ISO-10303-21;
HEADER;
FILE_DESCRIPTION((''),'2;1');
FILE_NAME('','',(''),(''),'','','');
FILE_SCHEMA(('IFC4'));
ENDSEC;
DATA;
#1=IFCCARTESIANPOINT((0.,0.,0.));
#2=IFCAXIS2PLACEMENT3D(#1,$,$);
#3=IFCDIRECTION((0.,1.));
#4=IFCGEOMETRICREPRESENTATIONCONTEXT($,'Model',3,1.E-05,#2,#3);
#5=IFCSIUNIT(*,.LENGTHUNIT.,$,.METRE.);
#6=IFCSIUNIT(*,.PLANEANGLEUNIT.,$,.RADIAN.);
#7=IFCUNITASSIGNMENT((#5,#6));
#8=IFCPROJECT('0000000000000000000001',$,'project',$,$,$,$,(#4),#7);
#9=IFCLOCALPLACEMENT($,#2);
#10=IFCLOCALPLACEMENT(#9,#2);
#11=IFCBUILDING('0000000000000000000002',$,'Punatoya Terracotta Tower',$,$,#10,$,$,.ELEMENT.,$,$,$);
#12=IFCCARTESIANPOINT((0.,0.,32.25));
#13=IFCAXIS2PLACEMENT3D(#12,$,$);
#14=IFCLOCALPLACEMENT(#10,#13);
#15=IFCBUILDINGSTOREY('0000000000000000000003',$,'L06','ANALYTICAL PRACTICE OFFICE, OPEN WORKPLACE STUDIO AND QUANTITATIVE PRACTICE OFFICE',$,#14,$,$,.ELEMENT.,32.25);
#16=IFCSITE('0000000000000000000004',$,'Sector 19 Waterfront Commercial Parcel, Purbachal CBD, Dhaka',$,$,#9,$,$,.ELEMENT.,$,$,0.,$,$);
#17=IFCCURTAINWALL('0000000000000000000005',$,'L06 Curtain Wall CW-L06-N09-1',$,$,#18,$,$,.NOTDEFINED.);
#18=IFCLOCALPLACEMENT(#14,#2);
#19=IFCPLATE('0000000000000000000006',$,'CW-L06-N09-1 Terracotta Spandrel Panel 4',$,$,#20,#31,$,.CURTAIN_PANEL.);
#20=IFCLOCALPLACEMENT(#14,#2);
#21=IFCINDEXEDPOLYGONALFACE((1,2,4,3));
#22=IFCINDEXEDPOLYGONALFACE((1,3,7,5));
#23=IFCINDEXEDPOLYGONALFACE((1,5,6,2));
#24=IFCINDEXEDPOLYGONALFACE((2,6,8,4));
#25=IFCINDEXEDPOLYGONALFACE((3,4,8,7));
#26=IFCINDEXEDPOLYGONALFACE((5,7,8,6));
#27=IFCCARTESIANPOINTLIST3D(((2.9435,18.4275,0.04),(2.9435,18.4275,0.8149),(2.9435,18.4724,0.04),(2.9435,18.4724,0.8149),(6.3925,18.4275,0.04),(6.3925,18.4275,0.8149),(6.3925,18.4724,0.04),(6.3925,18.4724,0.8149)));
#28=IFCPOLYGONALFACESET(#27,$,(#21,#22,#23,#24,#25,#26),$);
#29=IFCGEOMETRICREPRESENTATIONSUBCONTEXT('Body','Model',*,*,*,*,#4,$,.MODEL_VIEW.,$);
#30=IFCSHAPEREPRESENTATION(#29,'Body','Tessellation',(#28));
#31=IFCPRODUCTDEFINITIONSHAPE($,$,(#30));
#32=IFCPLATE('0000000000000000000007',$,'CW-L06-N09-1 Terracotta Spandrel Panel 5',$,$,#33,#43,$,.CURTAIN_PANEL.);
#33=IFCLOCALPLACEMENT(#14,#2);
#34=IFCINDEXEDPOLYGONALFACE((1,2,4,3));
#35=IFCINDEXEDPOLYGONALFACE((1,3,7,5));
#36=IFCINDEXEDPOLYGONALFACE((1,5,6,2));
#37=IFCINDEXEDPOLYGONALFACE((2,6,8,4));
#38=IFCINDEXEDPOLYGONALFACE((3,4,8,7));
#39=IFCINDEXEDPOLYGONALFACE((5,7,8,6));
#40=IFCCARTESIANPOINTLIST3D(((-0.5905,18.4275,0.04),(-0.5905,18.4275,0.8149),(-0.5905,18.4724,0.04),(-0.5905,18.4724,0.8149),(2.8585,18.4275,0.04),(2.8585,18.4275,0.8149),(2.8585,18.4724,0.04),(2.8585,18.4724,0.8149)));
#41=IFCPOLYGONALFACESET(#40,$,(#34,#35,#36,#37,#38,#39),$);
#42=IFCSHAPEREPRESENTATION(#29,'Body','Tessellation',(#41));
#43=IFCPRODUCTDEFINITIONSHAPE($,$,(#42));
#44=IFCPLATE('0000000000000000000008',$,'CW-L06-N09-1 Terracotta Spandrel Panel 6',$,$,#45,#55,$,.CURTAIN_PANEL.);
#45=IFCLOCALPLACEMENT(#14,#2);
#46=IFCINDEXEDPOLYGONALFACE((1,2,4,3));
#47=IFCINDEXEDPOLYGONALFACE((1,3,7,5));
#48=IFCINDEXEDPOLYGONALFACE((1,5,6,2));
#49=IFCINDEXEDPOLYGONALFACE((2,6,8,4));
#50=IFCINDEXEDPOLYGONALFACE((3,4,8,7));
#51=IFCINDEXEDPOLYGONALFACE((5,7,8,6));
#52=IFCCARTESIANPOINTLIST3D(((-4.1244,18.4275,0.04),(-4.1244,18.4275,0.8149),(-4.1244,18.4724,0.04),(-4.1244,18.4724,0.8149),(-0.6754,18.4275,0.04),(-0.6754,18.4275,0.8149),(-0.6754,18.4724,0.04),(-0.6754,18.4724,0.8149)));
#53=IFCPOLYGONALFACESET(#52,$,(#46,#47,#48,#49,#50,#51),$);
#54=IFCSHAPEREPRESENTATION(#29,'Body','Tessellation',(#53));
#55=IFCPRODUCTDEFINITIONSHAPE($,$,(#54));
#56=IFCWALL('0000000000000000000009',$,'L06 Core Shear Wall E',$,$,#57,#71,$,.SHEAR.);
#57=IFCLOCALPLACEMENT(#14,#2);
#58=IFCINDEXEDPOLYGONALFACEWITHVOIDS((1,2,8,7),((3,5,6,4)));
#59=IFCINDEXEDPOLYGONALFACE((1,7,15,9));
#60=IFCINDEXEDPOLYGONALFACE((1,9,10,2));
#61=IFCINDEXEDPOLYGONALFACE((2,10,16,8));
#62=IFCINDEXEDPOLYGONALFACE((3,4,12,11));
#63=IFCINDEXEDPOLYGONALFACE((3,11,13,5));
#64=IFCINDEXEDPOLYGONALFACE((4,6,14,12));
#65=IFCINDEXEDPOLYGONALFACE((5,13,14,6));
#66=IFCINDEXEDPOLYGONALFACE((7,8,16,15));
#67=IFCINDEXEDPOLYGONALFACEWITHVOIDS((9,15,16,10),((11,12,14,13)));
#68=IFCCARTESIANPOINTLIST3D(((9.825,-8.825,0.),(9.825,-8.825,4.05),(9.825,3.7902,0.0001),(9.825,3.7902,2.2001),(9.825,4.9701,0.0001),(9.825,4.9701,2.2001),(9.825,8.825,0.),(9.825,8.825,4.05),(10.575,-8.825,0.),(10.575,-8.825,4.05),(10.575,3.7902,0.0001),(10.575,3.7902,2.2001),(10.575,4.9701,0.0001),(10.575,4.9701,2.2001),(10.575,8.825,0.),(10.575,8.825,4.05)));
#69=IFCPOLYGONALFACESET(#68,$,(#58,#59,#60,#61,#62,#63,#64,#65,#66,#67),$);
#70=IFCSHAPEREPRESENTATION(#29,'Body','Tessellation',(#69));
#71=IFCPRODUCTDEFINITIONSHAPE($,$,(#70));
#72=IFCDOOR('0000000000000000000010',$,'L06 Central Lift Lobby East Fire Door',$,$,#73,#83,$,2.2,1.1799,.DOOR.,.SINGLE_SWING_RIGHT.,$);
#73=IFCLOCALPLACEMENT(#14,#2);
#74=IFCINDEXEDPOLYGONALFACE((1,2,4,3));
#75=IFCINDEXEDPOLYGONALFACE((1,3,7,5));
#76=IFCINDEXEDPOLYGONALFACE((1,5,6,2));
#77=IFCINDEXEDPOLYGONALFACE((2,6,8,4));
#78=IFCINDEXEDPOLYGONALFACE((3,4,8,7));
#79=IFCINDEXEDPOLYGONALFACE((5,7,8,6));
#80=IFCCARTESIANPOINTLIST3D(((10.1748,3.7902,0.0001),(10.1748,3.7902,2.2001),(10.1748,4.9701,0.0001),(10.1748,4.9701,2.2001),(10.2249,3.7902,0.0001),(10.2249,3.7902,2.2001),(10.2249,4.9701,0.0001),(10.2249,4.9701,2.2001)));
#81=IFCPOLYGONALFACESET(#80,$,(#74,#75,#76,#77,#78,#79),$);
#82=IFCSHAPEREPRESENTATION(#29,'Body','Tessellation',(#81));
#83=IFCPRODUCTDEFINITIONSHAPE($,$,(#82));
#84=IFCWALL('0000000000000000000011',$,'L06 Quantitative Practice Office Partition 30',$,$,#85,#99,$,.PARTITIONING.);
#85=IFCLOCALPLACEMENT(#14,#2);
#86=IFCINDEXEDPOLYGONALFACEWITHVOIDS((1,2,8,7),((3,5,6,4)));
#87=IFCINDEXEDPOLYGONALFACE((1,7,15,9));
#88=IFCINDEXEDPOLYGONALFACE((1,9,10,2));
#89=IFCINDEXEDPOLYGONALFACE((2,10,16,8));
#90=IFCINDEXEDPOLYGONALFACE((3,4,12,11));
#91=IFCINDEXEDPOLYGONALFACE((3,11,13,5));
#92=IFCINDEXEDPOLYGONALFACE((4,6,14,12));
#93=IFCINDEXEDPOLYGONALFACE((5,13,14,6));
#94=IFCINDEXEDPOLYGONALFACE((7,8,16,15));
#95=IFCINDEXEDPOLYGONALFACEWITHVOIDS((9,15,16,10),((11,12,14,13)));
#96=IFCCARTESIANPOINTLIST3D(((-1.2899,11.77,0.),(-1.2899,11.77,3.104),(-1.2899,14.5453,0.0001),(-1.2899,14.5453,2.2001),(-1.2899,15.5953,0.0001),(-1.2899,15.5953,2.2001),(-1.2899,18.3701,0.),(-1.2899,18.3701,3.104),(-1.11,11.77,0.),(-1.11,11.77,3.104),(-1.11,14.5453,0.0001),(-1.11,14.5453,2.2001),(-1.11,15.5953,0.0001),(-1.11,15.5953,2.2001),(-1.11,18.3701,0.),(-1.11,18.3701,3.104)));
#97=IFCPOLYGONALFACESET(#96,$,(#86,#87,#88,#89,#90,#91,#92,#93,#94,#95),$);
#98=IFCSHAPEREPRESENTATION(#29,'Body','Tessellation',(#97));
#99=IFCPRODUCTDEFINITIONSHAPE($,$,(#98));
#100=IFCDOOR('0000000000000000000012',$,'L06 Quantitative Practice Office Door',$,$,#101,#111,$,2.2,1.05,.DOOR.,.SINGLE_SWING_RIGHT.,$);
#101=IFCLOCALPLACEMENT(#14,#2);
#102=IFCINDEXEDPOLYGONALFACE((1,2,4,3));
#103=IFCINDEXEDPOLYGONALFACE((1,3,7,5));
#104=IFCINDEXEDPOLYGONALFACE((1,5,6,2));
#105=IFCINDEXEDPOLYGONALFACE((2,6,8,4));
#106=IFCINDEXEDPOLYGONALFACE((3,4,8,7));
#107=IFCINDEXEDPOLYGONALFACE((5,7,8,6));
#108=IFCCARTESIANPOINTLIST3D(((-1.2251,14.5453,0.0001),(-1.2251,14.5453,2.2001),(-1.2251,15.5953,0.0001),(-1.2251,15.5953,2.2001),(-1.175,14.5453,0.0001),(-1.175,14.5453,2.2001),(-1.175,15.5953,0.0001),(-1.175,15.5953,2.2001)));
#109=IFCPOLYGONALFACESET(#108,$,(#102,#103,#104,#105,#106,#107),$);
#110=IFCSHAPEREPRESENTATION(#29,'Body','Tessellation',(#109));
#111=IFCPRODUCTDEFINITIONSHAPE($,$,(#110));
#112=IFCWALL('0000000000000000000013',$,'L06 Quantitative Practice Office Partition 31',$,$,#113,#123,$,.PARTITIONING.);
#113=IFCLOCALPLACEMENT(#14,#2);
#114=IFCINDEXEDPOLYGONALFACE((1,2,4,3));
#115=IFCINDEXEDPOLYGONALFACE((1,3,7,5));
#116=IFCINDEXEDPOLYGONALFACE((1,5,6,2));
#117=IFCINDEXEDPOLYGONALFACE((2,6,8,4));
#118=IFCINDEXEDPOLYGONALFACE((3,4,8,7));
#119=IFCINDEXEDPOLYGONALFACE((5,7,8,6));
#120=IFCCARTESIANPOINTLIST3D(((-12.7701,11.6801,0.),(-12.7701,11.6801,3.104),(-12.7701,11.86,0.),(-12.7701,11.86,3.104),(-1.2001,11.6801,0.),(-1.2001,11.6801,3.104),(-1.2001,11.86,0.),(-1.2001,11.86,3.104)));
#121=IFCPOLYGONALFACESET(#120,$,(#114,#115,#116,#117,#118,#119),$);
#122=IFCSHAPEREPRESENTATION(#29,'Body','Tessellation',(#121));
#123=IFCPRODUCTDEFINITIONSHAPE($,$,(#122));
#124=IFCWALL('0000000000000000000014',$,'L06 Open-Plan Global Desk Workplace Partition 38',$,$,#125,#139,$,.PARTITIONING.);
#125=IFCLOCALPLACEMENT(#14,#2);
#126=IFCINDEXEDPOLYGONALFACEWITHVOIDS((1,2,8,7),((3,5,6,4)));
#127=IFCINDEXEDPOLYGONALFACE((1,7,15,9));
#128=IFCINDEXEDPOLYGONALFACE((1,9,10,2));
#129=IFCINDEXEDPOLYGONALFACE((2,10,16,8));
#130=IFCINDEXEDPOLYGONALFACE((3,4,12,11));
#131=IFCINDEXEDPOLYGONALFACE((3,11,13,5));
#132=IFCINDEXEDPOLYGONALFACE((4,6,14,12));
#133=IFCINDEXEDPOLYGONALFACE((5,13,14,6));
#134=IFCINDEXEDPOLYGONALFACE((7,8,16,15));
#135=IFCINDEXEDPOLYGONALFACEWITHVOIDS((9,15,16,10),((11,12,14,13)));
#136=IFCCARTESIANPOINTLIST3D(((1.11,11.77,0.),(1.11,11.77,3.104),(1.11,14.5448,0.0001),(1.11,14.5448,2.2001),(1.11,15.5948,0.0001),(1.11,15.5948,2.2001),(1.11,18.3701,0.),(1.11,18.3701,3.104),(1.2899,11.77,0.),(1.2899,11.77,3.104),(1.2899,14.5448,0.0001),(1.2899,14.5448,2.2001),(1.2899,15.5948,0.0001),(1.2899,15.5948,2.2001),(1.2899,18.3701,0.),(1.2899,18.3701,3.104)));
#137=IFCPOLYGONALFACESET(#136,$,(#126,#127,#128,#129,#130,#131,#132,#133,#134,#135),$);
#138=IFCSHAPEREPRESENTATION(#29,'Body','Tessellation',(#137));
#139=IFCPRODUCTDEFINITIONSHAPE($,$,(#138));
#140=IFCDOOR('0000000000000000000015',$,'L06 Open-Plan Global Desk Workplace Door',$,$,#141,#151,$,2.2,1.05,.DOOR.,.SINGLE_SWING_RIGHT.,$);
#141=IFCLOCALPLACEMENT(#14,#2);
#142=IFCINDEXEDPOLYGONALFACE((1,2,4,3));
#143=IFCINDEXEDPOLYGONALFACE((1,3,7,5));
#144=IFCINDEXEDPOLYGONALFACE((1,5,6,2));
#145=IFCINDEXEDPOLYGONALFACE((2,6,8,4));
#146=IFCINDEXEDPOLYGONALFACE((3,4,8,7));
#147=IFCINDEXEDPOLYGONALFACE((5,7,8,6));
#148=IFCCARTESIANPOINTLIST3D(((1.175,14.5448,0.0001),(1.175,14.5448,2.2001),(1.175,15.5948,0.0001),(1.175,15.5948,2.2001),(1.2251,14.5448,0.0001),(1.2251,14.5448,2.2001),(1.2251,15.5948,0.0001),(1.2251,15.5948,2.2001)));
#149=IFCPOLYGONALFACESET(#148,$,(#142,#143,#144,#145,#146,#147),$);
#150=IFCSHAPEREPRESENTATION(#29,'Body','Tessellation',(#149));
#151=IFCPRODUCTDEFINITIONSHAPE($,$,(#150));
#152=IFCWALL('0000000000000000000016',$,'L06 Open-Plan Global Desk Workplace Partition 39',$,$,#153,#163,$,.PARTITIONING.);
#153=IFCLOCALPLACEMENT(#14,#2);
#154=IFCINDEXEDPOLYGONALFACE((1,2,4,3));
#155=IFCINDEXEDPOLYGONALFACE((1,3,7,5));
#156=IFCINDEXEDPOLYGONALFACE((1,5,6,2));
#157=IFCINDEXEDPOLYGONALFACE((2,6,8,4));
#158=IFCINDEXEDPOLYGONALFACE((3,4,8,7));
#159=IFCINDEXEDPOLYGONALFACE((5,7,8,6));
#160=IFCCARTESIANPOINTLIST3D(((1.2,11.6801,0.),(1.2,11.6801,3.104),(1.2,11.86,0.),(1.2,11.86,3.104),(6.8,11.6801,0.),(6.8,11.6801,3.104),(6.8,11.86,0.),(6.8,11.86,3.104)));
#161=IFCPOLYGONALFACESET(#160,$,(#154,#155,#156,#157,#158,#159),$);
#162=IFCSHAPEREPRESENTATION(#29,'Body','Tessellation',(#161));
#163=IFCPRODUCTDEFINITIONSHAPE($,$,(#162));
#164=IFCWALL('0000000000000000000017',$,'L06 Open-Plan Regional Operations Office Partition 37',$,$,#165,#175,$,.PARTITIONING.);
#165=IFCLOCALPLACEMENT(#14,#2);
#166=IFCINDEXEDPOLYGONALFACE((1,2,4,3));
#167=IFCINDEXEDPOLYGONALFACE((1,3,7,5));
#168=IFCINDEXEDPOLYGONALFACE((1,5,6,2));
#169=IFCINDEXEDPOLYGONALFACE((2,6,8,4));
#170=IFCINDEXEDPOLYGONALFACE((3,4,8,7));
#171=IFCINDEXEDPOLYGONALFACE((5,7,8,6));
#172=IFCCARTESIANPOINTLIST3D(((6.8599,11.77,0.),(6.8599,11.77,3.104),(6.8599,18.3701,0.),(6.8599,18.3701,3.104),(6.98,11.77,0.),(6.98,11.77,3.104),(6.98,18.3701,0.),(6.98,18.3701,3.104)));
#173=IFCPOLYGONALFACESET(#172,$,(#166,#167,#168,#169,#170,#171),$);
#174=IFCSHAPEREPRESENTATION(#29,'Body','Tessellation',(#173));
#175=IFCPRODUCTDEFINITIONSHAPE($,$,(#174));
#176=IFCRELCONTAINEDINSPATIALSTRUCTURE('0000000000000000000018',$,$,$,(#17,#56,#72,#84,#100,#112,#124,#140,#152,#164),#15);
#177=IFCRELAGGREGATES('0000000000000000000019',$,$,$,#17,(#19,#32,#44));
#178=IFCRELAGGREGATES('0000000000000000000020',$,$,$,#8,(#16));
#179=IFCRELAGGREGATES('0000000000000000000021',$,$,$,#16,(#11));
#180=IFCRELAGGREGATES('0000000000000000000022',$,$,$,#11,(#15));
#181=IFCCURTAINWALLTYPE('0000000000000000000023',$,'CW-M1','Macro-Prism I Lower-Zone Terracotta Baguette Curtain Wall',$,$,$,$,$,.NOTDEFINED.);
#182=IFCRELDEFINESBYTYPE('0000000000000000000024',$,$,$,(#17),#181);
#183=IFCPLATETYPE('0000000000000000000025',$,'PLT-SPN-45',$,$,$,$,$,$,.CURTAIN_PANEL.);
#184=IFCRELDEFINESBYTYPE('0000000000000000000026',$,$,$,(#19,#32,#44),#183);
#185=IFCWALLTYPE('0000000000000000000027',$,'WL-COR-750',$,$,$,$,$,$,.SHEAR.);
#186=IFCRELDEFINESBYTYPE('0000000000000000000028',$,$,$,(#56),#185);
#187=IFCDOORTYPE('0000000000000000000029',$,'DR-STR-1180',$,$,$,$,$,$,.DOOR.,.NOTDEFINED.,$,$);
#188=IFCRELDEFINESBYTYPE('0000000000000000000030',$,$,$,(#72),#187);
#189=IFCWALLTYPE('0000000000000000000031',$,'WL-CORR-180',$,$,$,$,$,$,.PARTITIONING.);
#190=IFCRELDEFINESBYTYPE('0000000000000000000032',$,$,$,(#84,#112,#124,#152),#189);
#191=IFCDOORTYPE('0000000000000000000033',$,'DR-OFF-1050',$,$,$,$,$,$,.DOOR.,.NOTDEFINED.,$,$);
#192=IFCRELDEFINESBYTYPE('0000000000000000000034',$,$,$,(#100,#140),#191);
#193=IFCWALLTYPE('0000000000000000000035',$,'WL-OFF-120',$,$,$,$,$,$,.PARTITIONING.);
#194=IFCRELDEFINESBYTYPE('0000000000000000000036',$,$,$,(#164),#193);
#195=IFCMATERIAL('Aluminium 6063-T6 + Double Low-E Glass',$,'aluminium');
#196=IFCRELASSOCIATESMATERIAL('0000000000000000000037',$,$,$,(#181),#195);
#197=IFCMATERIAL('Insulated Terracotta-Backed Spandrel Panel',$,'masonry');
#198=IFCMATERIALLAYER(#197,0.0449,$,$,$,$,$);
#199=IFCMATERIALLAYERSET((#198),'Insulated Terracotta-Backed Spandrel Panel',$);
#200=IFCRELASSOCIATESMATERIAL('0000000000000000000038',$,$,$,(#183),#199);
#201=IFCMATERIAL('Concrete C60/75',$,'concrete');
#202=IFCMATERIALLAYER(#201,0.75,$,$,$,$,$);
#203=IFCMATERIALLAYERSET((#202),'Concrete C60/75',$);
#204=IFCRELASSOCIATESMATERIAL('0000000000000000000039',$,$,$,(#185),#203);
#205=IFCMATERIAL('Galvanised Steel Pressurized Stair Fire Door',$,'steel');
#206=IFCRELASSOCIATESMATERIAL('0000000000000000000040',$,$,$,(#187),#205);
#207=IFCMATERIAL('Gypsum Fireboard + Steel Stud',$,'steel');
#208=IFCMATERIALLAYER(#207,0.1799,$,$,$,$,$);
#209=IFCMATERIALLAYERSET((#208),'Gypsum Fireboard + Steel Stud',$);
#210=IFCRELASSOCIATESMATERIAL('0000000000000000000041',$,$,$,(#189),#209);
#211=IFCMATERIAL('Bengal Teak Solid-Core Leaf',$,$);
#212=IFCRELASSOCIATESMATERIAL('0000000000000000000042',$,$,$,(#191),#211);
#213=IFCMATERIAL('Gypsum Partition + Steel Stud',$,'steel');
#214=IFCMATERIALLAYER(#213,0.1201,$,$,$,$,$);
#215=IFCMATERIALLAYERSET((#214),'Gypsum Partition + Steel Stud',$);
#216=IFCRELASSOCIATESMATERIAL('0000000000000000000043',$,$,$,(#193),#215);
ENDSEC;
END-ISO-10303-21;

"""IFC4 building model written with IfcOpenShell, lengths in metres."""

from ifc_helpers import new_model, si_unit, direction, frame, frame_2d, origin, origin_2d, place, context, subcontext, project, spatial, rectangle, extrude, material, layer, layer_set, type_object, element, fill, aggregate, save


model = new_model("IFC4")

# Units and contexts
model_context = context("Model", 3, precision=1e-05, world=origin(), true_north=direction((0.0, 1.0)))
body_context = subcontext(model_context, "Body", "Model", "MODEL_VIEW")
ifc_project = project(units=[si_unit("LENGTHUNIT", "METRE"), si_unit("PLANEANGLEUNIT", "RADIAN")], contexts=[model_context])

# Site, building, storey
site_placement = place(None, origin())
site = spatial("IfcSite", under=ifc_project, at=site_placement, Name="Sector 19 Waterfront Commercial Parcel, Purbachal CBD, Dhaka", CompositionType="ELEMENT", RefElevation=0.0)
building_placement = place(site_placement, origin())
building = spatial("IfcBuilding", under=site, at=building_placement, Name="Punatoya Terracotta Tower", CompositionType="ELEMENT")
storey_placement = place(building_placement, frame((0.0, 0.0, 32.25)))
storey = spatial("IfcBuildingStorey", under=building, at=storey_placement, Name="L06", Description="ANALYTICAL PRACTICE OFFICE, OPEN WORKPLACE STUDIO AND QUANTITATIVE PRACTICE OFFICE", CompositionType="ELEMENT", Elevation=32.25)

# Curtain wall, plates
ifc_material_1 = material(Name="Aluminium 6063-T6 + Double Low-E Glass", Category="aluminium")
curtain_wall_type = type_object("IfcCurtainWallType", Name="CW-M1", Description="Macro-Prism I Lower-Zone Terracotta Baguette Curtain Wall", PredefinedType="NOTDEFINED", material=ifc_material_1)
curtain_wall_placement = place(storey_placement, origin())
curtain_wall = element("IfcCurtainWall", 1, at=curtain_wall_placement, inside=storey, type_object=curtain_wall_type, Name="L06 Curtain Wall CW-L06-N09-1", PredefinedType="NOTDEFINED")
ifc_material_2 = material(Name="Insulated Terracotta-Backed Spandrel Panel", Category="masonry")
ifc_layer_1 = layer(ifc_material_2, 0.0449)
ifc_layer_set_1 = layer_set([ifc_layer_1], Name="Insulated Terracotta-Backed Spandrel Panel")
plate_type_1 = type_object("IfcPlateType", Name="PLT-SPN-45", PredefinedType="CURTAIN_PANEL", material=ifc_layer_set_1)
plate_1_placement = place(storey_placement, frame((4.668, 18.45, 0.04), z_axis=(0.0, 0.0, 1.0), x_axis=(-1.0, 0.0, 0.0)))
plate_1 = element("IfcPlate", 2, at=plate_1_placement, type_object=plate_type_1, Name="CW-L06-N09-1 Terracotta Spandrel Panel 4", PredefinedType="CURTAIN_PANEL", context=body_context, shape_type="SweptSolid", body=[
    extrude(rectangle(XDim=3.449, YDim=0.0449, at=origin_2d()), origin(), (0.0, 0.0, 1.0), 0.7749),
])
plate_2_placement = place(storey_placement, frame((1.134, 18.45, 0.04), z_axis=(0.0, 0.0, 1.0), x_axis=(-1.0, 0.0, 0.0)))
plate_2 = element("IfcPlate", 3, at=plate_2_placement, type_object=plate_type_1, Name="CW-L06-N09-1 Terracotta Spandrel Panel 5", PredefinedType="CURTAIN_PANEL", context=body_context, shape_type="SweptSolid", body=[
    extrude(rectangle(XDim=3.449, YDim=0.0449, at=origin_2d()), origin(), (0.0, 0.0, 1.0), 0.7749),
])
plate_3_placement = place(storey_placement, frame((-2.3999, 18.45, 0.04), z_axis=(0.0, 0.0, 1.0), x_axis=(-1.0, 0.0, 0.0)))
plate_3 = element("IfcPlate", 4, at=plate_3_placement, type_object=plate_type_1, Name="CW-L06-N09-1 Terracotta Spandrel Panel 6", PredefinedType="CURTAIN_PANEL", context=body_context, shape_type="SweptSolid", body=[
    extrude(rectangle(XDim=3.449, YDim=0.0449, at=origin_2d()), origin(), (0.0, 0.0, 1.0), 0.7749),
])
aggregate(curtain_wall, [plate_1, plate_2, plate_3])

# Walls, openings, doors
ifc_material_3 = material(Name="Concrete C60/75", Category="concrete")
ifc_layer_2 = layer(ifc_material_3, 0.75)
ifc_layer_set_2 = layer_set([ifc_layer_2], Name="Concrete C60/75")
wall_type_1 = type_object("IfcWallType", Name="WL-COR-750", PredefinedType="SHEAR", material=ifc_layer_set_2)
wall_1_placement = place(storey_placement, frame((10.2, 8.825, 0.0), z_axis=(0.0, 0.0, 1.0), x_axis=(0.0, -1.0, 0.0)))
wall_1 = element("IfcWall", 5, at=wall_1_placement, inside=storey, type_object=wall_type_1, Name="L06 Core Shear Wall E", PredefinedType="SHEAR", context=body_context, shape_type="SweptSolid", body=[
    extrude(rectangle(XDim=17.6499, YDim=0.75, at=frame_2d((8.825, 0.0))), origin(), (0.0, 0.0, 1.0), 4.05),
])
opening_1_placement = place(wall_1_placement, frame((3.855, 0.0, 0.0)))
opening_1 = element("IfcOpeningElement", 6, at=opening_1_placement, cuts=wall_1, PredefinedType="OPENING", context=body_context, shape_type="SweptSolid", body=[
    extrude(rectangle(XDim=1.1799, YDim=2.2, at=frame_2d((0.5898, 1.1001))), frame((0.0, 0.385, 0.0), z_axis=(0.0, -1.0, 0.0), x_axis=(1.0, 0.0, 0.0)), (0.0, 0.0, 1.0), 0.77),
])
ifc_material_4 = material(Name="Galvanised Steel Pressurized Stair Fire Door", Category="steel")
door_type_1 = type_object("IfcDoorType", Name="DR-STR-1180", OperationType="NOTDEFINED", PredefinedType="DOOR", material=ifc_material_4)
door_1_placement = place(opening_1_placement, origin())
door_1 = element("IfcDoor", 7, at=door_1_placement, inside=storey, type_object=door_type_1, Name="L06 Central Lift Lobby East Fire Door", OperationType="SINGLE_SWING_RIGHT", OverallHeight=2.2, OverallWidth=1.1799, PredefinedType="DOOR", context=body_context, shape_type="SweptSolid", body=[
    extrude(rectangle(XDim=1.1799, YDim=2.2, at=frame_2d((0.5898, 1.1001))), frame((0.0, 0.0249, 0.0), z_axis=(0.0, -1.0, 0.0), x_axis=(1.0, 0.0, 0.0)), (0.0, 0.0, 1.0), 0.05),
])
fill(opening_1, door_1)
ifc_material_5 = material(Name="Gypsum Fireboard + Steel Stud", Category="steel")
ifc_layer_3 = layer(ifc_material_5, 0.1799)
ifc_layer_set_3 = layer_set([ifc_layer_3], Name="Gypsum Fireboard + Steel Stud")
wall_type_2 = type_object("IfcWallType", Name="WL-CORR-180", PredefinedType="PARTITIONING", material=ifc_layer_set_3)
wall_2_placement = place(storey_placement, frame((-1.2, 18.3701, 0.0), z_axis=(0.0, 0.0, 1.0), x_axis=(0.0, -1.0, 0.0)))
wall_2 = element("IfcWall", 8, at=wall_2_placement, inside=storey, type_object=wall_type_2, Name="L06 Quantitative Practice Office Partition 30", PredefinedType="PARTITIONING", context=body_context, shape_type="SweptSolid", body=[
    extrude(rectangle(XDim=6.6001, YDim=0.1799, at=frame_2d((3.3, 0.0))), origin(), (0.0, 0.0, 1.0), 3.104),
])
opening_2_placement = place(wall_2_placement, frame((2.7749, 0.0, 0.0)))
opening_2 = element("IfcOpeningElement", 9, at=opening_2_placement, cuts=wall_2, PredefinedType="OPENING", context=body_context, shape_type="SweptSolid", body=[
    extrude(rectangle(XDim=1.05, YDim=2.2, at=frame_2d((0.5249, 1.1001))), frame((0.0, 0.0999, 0.0), z_axis=(0.0, -1.0, 0.0), x_axis=(1.0, 0.0, 0.0)), (0.0, 0.0, 1.0), 0.2),
])
ifc_material_6 = material(Name="Bengal Teak Solid-Core Leaf")
door_type_2 = type_object("IfcDoorType", Name="DR-OFF-1050", OperationType="NOTDEFINED", PredefinedType="DOOR", material=ifc_material_6)
door_2_placement = place(opening_2_placement, origin())
door_2 = element("IfcDoor", 10, at=door_2_placement, inside=storey, type_object=door_type_2, Name="L06 Quantitative Practice Office Door", OperationType="SINGLE_SWING_RIGHT", OverallHeight=2.2, OverallWidth=1.05, PredefinedType="DOOR", context=body_context, shape_type="SweptSolid", body=[
    extrude(rectangle(XDim=1.05, YDim=2.2, at=frame_2d((0.5249, 1.1001))), frame((0.0, 0.0249, 0.0), z_axis=(0.0, -1.0, 0.0), x_axis=(1.0, 0.0, 0.0)), (0.0, 0.0, 1.0), 0.05),
])
fill(opening_2, door_2)

# Wall
wall_3_placement = place(storey_placement, frame((-1.2, 11.77, 0.0), z_axis=(0.0, 0.0, 1.0), x_axis=(-1.0, 0.0, 0.0)))
element("IfcWall", 11, at=wall_3_placement, inside=storey, type_object=wall_type_2, Name="L06 Quantitative Practice Office Partition 31", PredefinedType="PARTITIONING", context=body_context, shape_type="SweptSolid", body=[
    extrude(rectangle(XDim=11.5701, YDim=0.1799, at=frame_2d((5.7852, 0.0))), origin(), (0.0, 0.0, 1.0), 3.104),
])

# Wall, opening, door
wall_4_placement = place(storey_placement, frame((1.2, 11.77, 0.0), z_axis=(0.0, 0.0, 1.0), x_axis=(0.0, 1.0, 0.0)))
wall_4 = element("IfcWall", 12, at=wall_4_placement, inside=storey, type_object=wall_type_2, Name="L06 Open-Plan Global Desk Workplace Partition 38", PredefinedType="PARTITIONING", context=body_context, shape_type="SweptSolid", body=[
    extrude(rectangle(XDim=6.6001, YDim=0.1799, at=frame_2d((3.3, 0.0))), origin(), (0.0, 0.0, 1.0), 3.104),
])
opening_3_placement = place(wall_4_placement, frame((2.7749, 0.0, 0.0)))
opening_3 = element("IfcOpeningElement", 13, at=opening_3_placement, cuts=wall_4, PredefinedType="OPENING", context=body_context, shape_type="SweptSolid", body=[
    extrude(rectangle(XDim=1.05, YDim=2.2, at=frame_2d((0.5249, 1.1001))), frame((0.0, 0.0999, 0.0), z_axis=(0.0, -1.0, 0.0), x_axis=(1.0, 0.0, 0.0)), (0.0, 0.0, 1.0), 0.2),
])
door_3_placement = place(opening_3_placement, origin())
door_3 = element("IfcDoor", 14, at=door_3_placement, inside=storey, type_object=door_type_2, Name="L06 Open-Plan Global Desk Workplace Door", OperationType="SINGLE_SWING_RIGHT", OverallHeight=2.2, OverallWidth=1.05, PredefinedType="DOOR", context=body_context, shape_type="SweptSolid", body=[
    extrude(rectangle(XDim=1.05, YDim=2.2, at=frame_2d((0.5249, 1.1001))), frame((0.0, 0.0249, 0.0), z_axis=(0.0, -1.0, 0.0), x_axis=(1.0, 0.0, 0.0)), (0.0, 0.0, 1.0), 0.05),
])
fill(opening_3, door_3)

# Walls
wall_5_placement = place(storey_placement, frame((6.8, 11.77, 0.0), z_axis=(0.0, 0.0, 1.0), x_axis=(-1.0, 0.0, 0.0)))
element("IfcWall", 15, at=wall_5_placement, inside=storey, type_object=wall_type_2, Name="L06 Open-Plan Global Desk Workplace Partition 39", PredefinedType="PARTITIONING", context=body_context, shape_type="SweptSolid", body=[
    extrude(rectangle(XDim=5.6001, YDim=0.1799, at=frame_2d((2.8, 0.0))), origin(), (0.0, 0.0, 1.0), 3.104),
])
ifc_material_7 = material(Name="Gypsum Partition + Steel Stud", Category="steel")
ifc_layer_4 = layer(ifc_material_7, 0.1201)
ifc_layer_set_4 = layer_set([ifc_layer_4], Name="Gypsum Partition + Steel Stud")
wall_type_3 = type_object("IfcWallType", Name="WL-OFF-120", PredefinedType="PARTITIONING", material=ifc_layer_set_4)
wall_6_placement = place(storey_placement, frame((6.9199, 11.77, 0.0), z_axis=(0.0, 0.0, 1.0), x_axis=(0.0, 1.0, 0.0)))
element("IfcWall", 16, at=wall_6_placement, inside=storey, type_object=wall_type_3, Name="L06 Open-Plan Regional Operations Office Partition 37", PredefinedType="PARTITIONING", context=body_context, shape_type="SweptSolid", body=[
    extrude(rectangle(XDim=6.6001, YDim=0.1201, at=frame_2d((3.3, 0.0))), origin(), (0.0, 0.0, 1.0), 3.104),
])

save(model, "model.ifc")
